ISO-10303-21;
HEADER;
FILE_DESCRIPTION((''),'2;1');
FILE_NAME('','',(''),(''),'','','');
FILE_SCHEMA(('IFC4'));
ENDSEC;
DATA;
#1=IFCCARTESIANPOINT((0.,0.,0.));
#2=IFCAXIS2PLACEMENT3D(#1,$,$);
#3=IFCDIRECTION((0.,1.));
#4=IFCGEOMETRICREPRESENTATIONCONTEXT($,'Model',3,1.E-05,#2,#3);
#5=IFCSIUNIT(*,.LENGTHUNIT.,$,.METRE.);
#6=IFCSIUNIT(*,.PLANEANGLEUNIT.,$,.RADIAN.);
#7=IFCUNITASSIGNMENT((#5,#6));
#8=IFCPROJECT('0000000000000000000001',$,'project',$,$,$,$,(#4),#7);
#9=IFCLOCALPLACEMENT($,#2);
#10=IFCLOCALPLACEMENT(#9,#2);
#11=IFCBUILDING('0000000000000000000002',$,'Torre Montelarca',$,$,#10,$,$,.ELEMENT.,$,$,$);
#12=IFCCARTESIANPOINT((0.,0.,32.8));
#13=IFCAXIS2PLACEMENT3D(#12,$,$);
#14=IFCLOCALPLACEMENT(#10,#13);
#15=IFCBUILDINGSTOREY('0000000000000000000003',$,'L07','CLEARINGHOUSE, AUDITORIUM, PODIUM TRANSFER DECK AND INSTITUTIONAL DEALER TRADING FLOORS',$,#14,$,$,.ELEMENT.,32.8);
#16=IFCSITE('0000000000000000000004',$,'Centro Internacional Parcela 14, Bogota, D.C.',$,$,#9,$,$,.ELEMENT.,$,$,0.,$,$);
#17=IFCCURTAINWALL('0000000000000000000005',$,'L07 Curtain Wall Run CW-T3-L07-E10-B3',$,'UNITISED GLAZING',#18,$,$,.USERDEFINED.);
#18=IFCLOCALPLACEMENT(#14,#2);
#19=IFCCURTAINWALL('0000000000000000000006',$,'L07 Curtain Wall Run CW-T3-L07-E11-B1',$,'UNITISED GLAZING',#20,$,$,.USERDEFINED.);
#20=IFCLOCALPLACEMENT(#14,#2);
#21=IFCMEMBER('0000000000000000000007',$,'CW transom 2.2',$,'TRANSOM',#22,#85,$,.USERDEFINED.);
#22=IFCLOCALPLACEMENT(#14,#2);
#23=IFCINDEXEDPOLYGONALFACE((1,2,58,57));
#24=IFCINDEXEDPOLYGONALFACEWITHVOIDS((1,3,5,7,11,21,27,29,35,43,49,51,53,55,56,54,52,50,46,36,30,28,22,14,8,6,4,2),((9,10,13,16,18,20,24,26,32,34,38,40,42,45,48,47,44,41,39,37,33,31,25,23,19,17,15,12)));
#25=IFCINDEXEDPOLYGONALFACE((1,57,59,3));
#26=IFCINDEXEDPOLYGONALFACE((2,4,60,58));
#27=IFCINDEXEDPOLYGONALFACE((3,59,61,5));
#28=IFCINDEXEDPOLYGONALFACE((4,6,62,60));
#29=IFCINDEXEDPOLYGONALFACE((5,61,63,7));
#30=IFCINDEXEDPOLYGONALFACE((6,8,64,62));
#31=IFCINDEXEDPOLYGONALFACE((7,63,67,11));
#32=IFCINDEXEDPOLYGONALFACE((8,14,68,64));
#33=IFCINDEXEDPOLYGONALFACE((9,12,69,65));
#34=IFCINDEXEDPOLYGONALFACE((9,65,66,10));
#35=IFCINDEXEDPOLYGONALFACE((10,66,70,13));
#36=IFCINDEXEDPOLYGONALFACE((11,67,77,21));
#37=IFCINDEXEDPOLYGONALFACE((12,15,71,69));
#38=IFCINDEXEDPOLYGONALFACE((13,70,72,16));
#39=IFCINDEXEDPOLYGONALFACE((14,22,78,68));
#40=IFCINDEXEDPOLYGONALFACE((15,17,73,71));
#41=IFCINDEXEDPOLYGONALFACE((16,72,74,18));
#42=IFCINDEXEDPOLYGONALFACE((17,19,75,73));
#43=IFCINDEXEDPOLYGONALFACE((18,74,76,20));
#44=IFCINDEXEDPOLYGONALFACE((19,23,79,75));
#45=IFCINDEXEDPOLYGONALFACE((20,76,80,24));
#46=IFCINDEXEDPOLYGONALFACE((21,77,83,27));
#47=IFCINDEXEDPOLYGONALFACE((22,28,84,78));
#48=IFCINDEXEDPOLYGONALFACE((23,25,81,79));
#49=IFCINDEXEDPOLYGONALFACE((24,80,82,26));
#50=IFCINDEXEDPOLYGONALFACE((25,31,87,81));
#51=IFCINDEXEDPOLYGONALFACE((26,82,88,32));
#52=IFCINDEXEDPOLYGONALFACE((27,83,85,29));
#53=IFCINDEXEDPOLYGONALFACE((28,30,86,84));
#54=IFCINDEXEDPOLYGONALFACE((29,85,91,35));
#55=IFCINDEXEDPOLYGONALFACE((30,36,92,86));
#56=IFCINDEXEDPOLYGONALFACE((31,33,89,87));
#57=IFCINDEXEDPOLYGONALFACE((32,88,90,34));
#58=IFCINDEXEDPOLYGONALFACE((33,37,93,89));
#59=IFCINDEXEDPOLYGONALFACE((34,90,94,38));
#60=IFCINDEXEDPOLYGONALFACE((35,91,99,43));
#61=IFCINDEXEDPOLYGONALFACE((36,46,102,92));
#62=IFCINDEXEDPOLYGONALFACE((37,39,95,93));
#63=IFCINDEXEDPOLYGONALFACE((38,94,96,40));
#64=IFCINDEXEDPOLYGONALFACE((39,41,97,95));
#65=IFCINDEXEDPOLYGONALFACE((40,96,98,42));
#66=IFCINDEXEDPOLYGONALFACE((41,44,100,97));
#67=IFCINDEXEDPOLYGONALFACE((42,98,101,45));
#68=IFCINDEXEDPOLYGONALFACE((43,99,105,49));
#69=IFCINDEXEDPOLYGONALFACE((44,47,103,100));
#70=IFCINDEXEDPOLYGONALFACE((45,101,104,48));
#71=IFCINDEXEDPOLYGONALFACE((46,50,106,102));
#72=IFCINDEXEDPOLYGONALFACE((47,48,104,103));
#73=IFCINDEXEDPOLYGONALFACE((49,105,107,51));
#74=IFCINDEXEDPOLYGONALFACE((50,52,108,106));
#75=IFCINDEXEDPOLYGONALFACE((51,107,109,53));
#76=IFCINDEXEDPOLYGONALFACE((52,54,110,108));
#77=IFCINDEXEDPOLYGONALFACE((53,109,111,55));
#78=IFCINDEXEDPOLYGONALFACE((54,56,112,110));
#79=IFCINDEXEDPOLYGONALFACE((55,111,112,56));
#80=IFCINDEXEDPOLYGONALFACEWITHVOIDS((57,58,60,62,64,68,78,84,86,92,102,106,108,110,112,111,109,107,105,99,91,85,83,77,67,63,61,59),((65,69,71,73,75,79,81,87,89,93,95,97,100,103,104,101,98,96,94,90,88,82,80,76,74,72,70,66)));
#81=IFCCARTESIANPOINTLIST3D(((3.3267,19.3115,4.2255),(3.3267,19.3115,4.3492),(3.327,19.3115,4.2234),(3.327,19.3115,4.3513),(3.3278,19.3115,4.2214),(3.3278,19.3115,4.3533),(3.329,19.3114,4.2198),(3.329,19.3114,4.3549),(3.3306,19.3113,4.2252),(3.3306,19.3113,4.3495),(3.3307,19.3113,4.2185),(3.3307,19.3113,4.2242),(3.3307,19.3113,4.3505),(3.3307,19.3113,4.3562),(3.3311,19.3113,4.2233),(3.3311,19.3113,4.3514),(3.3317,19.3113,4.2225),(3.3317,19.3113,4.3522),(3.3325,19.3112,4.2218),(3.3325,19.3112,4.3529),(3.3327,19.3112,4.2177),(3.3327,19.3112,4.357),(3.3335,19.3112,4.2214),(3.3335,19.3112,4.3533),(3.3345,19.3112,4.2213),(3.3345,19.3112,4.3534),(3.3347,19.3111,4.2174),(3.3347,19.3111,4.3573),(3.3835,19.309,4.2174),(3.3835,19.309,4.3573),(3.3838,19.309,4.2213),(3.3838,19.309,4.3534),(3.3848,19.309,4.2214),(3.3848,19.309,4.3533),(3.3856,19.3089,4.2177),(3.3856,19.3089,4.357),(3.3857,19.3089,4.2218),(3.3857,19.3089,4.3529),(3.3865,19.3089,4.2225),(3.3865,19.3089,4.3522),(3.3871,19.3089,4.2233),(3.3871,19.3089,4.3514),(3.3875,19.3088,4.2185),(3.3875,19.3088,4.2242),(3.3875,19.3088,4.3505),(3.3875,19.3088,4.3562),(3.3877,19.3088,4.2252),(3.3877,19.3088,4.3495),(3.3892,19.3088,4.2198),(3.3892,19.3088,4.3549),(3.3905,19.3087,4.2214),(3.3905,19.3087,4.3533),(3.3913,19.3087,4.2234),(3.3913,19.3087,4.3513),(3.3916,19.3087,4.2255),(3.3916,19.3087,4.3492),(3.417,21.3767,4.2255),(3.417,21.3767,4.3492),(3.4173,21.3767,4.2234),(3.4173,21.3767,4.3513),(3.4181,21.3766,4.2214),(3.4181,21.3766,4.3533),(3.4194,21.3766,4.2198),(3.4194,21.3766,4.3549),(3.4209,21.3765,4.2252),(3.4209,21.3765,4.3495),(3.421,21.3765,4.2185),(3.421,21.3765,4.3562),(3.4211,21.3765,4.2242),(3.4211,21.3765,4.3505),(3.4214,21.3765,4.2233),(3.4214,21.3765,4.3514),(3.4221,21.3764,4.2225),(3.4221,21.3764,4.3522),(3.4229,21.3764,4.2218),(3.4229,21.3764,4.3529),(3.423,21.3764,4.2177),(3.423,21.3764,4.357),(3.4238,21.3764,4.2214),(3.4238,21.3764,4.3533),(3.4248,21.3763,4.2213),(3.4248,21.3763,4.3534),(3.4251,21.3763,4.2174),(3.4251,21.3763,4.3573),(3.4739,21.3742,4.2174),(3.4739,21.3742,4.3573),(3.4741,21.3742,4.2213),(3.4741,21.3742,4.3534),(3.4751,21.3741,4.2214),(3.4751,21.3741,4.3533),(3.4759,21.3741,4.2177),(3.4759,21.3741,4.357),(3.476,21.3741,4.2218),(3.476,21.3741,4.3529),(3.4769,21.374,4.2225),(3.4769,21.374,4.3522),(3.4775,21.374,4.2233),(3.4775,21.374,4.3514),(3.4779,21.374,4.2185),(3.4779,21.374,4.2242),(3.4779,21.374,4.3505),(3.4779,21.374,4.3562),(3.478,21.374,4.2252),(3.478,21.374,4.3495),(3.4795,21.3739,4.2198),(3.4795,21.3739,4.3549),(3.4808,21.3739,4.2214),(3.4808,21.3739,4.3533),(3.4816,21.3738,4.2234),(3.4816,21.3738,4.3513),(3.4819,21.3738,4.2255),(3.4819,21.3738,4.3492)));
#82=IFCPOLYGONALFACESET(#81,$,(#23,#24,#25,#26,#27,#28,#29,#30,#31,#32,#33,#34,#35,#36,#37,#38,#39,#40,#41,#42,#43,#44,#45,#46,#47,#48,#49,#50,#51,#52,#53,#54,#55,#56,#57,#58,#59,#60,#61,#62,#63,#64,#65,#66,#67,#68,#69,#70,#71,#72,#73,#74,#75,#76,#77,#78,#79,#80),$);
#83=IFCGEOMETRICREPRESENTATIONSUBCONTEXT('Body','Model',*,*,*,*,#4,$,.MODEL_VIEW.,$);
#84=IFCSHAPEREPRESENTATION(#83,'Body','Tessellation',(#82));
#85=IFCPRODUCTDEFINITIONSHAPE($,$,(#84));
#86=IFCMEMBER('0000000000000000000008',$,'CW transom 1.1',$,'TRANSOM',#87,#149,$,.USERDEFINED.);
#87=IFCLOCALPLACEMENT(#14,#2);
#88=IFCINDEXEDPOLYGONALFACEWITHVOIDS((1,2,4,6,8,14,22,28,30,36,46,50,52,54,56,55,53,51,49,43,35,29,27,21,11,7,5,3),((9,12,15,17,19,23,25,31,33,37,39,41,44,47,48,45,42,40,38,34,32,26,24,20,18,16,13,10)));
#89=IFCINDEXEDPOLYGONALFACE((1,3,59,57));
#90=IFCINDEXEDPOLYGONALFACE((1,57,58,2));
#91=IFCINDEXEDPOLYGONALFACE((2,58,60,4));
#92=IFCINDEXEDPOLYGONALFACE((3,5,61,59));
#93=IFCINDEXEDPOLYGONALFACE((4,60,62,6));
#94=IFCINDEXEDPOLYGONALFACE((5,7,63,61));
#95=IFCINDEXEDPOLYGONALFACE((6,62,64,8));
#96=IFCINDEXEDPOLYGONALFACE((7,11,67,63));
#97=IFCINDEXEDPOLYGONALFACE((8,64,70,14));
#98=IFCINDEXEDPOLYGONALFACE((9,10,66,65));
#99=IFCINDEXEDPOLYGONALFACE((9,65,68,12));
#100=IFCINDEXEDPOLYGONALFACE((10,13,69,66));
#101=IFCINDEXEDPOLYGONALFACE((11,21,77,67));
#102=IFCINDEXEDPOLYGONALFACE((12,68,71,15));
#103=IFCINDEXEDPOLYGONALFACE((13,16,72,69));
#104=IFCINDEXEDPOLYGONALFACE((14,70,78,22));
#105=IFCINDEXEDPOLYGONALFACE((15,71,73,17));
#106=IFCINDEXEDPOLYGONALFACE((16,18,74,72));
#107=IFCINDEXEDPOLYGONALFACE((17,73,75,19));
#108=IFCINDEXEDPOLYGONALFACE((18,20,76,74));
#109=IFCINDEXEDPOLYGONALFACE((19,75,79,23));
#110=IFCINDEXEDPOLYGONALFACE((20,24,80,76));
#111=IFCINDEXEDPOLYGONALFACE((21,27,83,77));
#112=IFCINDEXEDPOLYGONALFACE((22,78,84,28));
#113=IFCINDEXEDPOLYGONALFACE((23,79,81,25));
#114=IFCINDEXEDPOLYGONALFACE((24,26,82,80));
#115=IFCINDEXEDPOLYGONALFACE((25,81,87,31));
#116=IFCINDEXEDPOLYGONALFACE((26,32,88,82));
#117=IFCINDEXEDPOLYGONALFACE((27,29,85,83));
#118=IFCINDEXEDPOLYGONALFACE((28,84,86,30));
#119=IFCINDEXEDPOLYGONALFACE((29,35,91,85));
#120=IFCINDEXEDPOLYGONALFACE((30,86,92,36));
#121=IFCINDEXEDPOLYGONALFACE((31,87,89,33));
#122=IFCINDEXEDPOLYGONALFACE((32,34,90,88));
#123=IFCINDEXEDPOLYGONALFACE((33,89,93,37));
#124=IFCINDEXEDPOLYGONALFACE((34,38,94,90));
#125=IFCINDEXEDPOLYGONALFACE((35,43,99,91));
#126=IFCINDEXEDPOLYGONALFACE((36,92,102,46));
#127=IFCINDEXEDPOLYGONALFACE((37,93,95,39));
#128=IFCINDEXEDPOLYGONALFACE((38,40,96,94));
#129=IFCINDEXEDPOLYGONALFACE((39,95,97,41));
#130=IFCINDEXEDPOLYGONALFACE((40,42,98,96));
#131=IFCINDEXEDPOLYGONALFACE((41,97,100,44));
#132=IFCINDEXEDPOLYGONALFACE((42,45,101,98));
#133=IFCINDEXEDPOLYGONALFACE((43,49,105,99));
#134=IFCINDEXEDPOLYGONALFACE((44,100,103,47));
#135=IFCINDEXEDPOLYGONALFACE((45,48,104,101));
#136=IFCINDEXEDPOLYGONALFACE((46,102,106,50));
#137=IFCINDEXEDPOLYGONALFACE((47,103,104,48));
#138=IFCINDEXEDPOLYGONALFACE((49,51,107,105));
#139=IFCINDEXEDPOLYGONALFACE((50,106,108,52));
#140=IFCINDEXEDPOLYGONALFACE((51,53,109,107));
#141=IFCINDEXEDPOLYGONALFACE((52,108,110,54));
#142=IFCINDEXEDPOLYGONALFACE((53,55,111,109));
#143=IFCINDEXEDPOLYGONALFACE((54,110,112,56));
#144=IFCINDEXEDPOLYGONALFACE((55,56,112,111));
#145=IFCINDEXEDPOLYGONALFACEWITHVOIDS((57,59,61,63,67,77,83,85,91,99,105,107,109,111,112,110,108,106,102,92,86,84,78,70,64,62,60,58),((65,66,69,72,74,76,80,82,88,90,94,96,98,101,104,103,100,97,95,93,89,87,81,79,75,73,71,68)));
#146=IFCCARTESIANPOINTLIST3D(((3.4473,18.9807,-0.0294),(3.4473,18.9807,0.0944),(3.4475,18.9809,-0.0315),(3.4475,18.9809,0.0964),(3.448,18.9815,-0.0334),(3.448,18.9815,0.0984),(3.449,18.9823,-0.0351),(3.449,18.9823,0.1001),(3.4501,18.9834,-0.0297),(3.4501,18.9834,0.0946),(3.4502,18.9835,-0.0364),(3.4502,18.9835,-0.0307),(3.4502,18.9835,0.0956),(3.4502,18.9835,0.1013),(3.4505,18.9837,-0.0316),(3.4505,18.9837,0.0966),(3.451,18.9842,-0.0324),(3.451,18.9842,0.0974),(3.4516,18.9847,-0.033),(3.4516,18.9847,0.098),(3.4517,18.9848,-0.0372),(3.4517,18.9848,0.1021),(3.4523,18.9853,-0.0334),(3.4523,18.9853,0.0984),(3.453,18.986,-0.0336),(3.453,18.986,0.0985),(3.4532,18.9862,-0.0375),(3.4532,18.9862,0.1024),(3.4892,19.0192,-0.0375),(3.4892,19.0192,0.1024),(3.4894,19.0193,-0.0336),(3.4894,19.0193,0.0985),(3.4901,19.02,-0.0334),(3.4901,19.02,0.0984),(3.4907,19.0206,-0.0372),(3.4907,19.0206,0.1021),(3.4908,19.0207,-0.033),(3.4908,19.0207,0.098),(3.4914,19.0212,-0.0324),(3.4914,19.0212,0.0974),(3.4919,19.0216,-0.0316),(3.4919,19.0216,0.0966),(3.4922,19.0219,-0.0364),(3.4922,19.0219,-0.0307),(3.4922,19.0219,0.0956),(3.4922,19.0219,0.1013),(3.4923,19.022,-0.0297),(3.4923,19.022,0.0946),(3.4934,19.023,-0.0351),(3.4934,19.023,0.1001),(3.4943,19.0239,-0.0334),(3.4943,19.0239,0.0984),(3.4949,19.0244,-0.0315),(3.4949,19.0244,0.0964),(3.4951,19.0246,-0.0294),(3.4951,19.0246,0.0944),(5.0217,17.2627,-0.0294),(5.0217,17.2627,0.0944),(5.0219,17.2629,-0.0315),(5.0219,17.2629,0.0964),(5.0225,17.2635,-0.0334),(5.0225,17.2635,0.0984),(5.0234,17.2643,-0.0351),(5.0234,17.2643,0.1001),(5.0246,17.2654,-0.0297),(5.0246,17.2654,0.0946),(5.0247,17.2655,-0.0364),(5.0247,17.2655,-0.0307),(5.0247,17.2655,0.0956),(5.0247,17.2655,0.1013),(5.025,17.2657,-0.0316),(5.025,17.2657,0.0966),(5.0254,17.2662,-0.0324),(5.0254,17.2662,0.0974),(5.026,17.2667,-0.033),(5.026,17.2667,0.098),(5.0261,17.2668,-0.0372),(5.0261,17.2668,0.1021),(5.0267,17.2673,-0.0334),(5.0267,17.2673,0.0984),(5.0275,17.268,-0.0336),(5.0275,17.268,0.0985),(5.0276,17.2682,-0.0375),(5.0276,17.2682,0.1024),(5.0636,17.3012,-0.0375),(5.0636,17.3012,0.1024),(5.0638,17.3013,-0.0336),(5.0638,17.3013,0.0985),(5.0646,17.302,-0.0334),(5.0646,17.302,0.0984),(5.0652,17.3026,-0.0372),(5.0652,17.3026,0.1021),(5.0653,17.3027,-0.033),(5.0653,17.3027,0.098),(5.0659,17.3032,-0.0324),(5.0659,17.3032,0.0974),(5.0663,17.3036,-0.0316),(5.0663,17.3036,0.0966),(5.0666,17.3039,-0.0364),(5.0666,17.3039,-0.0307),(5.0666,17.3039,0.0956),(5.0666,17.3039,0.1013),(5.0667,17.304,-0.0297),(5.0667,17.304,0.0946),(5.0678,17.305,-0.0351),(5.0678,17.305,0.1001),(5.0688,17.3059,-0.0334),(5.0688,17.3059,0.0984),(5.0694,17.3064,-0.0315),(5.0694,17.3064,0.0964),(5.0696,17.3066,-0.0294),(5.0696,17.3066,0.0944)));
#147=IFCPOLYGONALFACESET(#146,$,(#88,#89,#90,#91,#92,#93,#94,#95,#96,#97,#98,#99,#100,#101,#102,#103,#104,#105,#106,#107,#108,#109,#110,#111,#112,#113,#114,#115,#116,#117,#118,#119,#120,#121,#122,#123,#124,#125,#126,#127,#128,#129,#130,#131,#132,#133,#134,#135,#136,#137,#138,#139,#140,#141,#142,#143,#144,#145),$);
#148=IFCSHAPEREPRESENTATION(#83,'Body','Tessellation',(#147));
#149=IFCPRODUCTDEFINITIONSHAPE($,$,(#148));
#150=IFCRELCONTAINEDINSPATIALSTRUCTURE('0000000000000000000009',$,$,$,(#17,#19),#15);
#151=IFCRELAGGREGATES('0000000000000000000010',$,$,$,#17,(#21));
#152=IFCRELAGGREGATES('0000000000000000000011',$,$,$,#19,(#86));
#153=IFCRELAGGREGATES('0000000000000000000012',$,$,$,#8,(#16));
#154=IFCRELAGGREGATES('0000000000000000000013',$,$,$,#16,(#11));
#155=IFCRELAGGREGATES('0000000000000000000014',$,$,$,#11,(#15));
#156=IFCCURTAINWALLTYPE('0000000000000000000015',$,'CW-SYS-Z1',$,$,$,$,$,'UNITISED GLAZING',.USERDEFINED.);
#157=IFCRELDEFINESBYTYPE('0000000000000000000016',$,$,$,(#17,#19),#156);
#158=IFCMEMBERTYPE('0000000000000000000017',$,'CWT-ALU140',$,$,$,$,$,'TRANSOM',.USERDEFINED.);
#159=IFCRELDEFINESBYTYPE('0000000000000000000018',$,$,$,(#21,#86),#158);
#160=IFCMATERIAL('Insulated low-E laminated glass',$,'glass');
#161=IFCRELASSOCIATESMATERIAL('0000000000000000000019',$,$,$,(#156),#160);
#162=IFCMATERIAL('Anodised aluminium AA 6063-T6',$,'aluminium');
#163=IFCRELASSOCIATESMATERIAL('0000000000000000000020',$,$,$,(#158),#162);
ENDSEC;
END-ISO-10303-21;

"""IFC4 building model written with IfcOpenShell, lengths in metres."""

from ifc_helpers import new_model, si_unit, direction, frame, origin, origin_2d, place, context, subcontext, project, spatial, hollow_rectangle, extrude, source, transform, mapped, material, material_profile, profile_set, type_object, element, aggregate, save


model = new_model("IFC4")

# Units and contexts
model_context = context("Model", 3, precision=1e-05, world=origin(), true_north=direction((0.0, 1.0)))
body_context = subcontext(model_context, "Body", "Model", "MODEL_VIEW")
ifc_project = project(units=[si_unit("LENGTHUNIT", "METRE"), si_unit("PLANEANGLEUNIT", "RADIAN")], contexts=[model_context])

# Site, building, storey
site_placement = place(None, origin())
site = spatial("IfcSite", under=ifc_project, at=site_placement, Name="Centro Internacional Parcela 14, Bogota, D.C.", CompositionType="ELEMENT", RefElevation=0.0)
building_placement = place(site_placement, origin())
building = spatial("IfcBuilding", under=site, at=building_placement, Name="Torre Montelarca", CompositionType="ELEMENT")
storey_placement = place(building_placement, frame((0.0, 0.0, 32.8)))
storey = spatial("IfcBuildingStorey", under=building, at=storey_placement, Name="L07", Description="CLEARINGHOUSE, AUDITORIUM, PODIUM TRANSFER DECK AND INSTITUTIONAL DEALER TRADING FLOORS", CompositionType="ELEMENT", Elevation=32.8)

# Shared definitions
ifc_material_1 = material(Name="Insulated low-E laminated glass", Category="glass")
curtain_wall_type = type_object("IfcCurtainWallType", Name="CW-SYS-Z1", ElementType="UNITISED GLAZING", PredefinedType="USERDEFINED", material=ifc_material_1)
ifc_material_2 = material(Name="Anodised aluminium AA 6063-T6", Category="aluminium")

# Curtain wall
curtain_wall_1_placement = place(storey_placement, origin())
curtain_wall_1 = element("IfcCurtainWall", 1, at=curtain_wall_1_placement, inside=storey, type_object=curtain_wall_type, Name="L07 Curtain Wall Run CW-T3-L07-E10-B3", ObjectType="UNITISED GLAZING", PredefinedType="USERDEFINED")

# Curtain wall
curtain_wall_2_placement = place(storey_placement, origin())
curtain_wall_2 = element("IfcCurtainWall", 2, at=curtain_wall_2_placement, inside=storey, type_object=curtain_wall_type, Name="L07 Curtain Wall Run CW-T3-L07-E11-B1", ObjectType="UNITISED GLAZING", PredefinedType="USERDEFINED")

# Members
ifc_material_profile_1 = material_profile(ifc_material_2, hollow_rectangle(XDim=0.0649, YDim=0.1399, WallThickness=0.0039, InnerFilletRadius=0.0039, OuterFilletRadius=0.0081, at=origin_2d()), Name="ALU65X140X4", Category="aluminium")
ifc_profile_set_1 = profile_set([ifc_material_profile_1], Name="Anodised aluminium AA 6063-T6")
member_type_1 = type_object("IfcMemberType", Name="CWT-ALU140", ElementType="TRANSOM", PredefinedType="USERDEFINED", material=ifc_profile_set_1)
shared_shape_1 = source(origin(), body_context, "Body", "SweptSolid", [
    extrude(hollow_rectangle(XDim=0.0649, YDim=0.1399, WallThickness=0.0039, InnerFilletRadius=0.0039, OuterFilletRadius=0.0081, at=origin_2d()), origin(), (0.0, 0.0, 1.0), 2.0671),
])
member_1_placement = place(storey_placement, frame((3.4495, 21.3752, 4.2874), z_axis=(-0.043699, -0.999045, 0.0), x_axis=(0.999045, -0.043699, 0.0)))
member_1 = element("IfcMember", 3, at=member_1_placement, type_object=member_type_1, Name="CW transom 2.2", ObjectType="TRANSOM", PredefinedType="USERDEFINED", context=body_context, shape_type="MappedRepresentation", body=[
    mapped(shared_shape_1, transform((0.0, 0.0, 0.0), scale=1.0)),
])
shared_shape_2 = source(origin(), body_context, "Body", "SweptSolid", [
    extrude(hollow_rectangle(XDim=0.0649, YDim=0.1399, WallThickness=0.0039, InnerFilletRadius=0.0039, OuterFilletRadius=0.0081, at=origin_2d()), origin(), (0.0, 0.0, 1.0), 2.3303),
])
member_2_placement = place(storey_placement, frame((3.4712, 19.0027, 0.0325), z_axis=(0.675634, -0.737237, 0.0), x_axis=(0.737237, 0.675634, 0.0)))
member_2 = element("IfcMember", 4, at=member_2_placement, type_object=member_type_1, Name="CW transom 1.1", ObjectType="TRANSOM", PredefinedType="USERDEFINED", context=body_context, shape_type="MappedRepresentation", body=[
    mapped(shared_shape_2, transform((0.0, 0.0, 0.0), scale=1.0)),
])

aggregate(curtain_wall_1, [member_1])
aggregate(curtain_wall_2, [member_2])

save(model, "model.ifc")
